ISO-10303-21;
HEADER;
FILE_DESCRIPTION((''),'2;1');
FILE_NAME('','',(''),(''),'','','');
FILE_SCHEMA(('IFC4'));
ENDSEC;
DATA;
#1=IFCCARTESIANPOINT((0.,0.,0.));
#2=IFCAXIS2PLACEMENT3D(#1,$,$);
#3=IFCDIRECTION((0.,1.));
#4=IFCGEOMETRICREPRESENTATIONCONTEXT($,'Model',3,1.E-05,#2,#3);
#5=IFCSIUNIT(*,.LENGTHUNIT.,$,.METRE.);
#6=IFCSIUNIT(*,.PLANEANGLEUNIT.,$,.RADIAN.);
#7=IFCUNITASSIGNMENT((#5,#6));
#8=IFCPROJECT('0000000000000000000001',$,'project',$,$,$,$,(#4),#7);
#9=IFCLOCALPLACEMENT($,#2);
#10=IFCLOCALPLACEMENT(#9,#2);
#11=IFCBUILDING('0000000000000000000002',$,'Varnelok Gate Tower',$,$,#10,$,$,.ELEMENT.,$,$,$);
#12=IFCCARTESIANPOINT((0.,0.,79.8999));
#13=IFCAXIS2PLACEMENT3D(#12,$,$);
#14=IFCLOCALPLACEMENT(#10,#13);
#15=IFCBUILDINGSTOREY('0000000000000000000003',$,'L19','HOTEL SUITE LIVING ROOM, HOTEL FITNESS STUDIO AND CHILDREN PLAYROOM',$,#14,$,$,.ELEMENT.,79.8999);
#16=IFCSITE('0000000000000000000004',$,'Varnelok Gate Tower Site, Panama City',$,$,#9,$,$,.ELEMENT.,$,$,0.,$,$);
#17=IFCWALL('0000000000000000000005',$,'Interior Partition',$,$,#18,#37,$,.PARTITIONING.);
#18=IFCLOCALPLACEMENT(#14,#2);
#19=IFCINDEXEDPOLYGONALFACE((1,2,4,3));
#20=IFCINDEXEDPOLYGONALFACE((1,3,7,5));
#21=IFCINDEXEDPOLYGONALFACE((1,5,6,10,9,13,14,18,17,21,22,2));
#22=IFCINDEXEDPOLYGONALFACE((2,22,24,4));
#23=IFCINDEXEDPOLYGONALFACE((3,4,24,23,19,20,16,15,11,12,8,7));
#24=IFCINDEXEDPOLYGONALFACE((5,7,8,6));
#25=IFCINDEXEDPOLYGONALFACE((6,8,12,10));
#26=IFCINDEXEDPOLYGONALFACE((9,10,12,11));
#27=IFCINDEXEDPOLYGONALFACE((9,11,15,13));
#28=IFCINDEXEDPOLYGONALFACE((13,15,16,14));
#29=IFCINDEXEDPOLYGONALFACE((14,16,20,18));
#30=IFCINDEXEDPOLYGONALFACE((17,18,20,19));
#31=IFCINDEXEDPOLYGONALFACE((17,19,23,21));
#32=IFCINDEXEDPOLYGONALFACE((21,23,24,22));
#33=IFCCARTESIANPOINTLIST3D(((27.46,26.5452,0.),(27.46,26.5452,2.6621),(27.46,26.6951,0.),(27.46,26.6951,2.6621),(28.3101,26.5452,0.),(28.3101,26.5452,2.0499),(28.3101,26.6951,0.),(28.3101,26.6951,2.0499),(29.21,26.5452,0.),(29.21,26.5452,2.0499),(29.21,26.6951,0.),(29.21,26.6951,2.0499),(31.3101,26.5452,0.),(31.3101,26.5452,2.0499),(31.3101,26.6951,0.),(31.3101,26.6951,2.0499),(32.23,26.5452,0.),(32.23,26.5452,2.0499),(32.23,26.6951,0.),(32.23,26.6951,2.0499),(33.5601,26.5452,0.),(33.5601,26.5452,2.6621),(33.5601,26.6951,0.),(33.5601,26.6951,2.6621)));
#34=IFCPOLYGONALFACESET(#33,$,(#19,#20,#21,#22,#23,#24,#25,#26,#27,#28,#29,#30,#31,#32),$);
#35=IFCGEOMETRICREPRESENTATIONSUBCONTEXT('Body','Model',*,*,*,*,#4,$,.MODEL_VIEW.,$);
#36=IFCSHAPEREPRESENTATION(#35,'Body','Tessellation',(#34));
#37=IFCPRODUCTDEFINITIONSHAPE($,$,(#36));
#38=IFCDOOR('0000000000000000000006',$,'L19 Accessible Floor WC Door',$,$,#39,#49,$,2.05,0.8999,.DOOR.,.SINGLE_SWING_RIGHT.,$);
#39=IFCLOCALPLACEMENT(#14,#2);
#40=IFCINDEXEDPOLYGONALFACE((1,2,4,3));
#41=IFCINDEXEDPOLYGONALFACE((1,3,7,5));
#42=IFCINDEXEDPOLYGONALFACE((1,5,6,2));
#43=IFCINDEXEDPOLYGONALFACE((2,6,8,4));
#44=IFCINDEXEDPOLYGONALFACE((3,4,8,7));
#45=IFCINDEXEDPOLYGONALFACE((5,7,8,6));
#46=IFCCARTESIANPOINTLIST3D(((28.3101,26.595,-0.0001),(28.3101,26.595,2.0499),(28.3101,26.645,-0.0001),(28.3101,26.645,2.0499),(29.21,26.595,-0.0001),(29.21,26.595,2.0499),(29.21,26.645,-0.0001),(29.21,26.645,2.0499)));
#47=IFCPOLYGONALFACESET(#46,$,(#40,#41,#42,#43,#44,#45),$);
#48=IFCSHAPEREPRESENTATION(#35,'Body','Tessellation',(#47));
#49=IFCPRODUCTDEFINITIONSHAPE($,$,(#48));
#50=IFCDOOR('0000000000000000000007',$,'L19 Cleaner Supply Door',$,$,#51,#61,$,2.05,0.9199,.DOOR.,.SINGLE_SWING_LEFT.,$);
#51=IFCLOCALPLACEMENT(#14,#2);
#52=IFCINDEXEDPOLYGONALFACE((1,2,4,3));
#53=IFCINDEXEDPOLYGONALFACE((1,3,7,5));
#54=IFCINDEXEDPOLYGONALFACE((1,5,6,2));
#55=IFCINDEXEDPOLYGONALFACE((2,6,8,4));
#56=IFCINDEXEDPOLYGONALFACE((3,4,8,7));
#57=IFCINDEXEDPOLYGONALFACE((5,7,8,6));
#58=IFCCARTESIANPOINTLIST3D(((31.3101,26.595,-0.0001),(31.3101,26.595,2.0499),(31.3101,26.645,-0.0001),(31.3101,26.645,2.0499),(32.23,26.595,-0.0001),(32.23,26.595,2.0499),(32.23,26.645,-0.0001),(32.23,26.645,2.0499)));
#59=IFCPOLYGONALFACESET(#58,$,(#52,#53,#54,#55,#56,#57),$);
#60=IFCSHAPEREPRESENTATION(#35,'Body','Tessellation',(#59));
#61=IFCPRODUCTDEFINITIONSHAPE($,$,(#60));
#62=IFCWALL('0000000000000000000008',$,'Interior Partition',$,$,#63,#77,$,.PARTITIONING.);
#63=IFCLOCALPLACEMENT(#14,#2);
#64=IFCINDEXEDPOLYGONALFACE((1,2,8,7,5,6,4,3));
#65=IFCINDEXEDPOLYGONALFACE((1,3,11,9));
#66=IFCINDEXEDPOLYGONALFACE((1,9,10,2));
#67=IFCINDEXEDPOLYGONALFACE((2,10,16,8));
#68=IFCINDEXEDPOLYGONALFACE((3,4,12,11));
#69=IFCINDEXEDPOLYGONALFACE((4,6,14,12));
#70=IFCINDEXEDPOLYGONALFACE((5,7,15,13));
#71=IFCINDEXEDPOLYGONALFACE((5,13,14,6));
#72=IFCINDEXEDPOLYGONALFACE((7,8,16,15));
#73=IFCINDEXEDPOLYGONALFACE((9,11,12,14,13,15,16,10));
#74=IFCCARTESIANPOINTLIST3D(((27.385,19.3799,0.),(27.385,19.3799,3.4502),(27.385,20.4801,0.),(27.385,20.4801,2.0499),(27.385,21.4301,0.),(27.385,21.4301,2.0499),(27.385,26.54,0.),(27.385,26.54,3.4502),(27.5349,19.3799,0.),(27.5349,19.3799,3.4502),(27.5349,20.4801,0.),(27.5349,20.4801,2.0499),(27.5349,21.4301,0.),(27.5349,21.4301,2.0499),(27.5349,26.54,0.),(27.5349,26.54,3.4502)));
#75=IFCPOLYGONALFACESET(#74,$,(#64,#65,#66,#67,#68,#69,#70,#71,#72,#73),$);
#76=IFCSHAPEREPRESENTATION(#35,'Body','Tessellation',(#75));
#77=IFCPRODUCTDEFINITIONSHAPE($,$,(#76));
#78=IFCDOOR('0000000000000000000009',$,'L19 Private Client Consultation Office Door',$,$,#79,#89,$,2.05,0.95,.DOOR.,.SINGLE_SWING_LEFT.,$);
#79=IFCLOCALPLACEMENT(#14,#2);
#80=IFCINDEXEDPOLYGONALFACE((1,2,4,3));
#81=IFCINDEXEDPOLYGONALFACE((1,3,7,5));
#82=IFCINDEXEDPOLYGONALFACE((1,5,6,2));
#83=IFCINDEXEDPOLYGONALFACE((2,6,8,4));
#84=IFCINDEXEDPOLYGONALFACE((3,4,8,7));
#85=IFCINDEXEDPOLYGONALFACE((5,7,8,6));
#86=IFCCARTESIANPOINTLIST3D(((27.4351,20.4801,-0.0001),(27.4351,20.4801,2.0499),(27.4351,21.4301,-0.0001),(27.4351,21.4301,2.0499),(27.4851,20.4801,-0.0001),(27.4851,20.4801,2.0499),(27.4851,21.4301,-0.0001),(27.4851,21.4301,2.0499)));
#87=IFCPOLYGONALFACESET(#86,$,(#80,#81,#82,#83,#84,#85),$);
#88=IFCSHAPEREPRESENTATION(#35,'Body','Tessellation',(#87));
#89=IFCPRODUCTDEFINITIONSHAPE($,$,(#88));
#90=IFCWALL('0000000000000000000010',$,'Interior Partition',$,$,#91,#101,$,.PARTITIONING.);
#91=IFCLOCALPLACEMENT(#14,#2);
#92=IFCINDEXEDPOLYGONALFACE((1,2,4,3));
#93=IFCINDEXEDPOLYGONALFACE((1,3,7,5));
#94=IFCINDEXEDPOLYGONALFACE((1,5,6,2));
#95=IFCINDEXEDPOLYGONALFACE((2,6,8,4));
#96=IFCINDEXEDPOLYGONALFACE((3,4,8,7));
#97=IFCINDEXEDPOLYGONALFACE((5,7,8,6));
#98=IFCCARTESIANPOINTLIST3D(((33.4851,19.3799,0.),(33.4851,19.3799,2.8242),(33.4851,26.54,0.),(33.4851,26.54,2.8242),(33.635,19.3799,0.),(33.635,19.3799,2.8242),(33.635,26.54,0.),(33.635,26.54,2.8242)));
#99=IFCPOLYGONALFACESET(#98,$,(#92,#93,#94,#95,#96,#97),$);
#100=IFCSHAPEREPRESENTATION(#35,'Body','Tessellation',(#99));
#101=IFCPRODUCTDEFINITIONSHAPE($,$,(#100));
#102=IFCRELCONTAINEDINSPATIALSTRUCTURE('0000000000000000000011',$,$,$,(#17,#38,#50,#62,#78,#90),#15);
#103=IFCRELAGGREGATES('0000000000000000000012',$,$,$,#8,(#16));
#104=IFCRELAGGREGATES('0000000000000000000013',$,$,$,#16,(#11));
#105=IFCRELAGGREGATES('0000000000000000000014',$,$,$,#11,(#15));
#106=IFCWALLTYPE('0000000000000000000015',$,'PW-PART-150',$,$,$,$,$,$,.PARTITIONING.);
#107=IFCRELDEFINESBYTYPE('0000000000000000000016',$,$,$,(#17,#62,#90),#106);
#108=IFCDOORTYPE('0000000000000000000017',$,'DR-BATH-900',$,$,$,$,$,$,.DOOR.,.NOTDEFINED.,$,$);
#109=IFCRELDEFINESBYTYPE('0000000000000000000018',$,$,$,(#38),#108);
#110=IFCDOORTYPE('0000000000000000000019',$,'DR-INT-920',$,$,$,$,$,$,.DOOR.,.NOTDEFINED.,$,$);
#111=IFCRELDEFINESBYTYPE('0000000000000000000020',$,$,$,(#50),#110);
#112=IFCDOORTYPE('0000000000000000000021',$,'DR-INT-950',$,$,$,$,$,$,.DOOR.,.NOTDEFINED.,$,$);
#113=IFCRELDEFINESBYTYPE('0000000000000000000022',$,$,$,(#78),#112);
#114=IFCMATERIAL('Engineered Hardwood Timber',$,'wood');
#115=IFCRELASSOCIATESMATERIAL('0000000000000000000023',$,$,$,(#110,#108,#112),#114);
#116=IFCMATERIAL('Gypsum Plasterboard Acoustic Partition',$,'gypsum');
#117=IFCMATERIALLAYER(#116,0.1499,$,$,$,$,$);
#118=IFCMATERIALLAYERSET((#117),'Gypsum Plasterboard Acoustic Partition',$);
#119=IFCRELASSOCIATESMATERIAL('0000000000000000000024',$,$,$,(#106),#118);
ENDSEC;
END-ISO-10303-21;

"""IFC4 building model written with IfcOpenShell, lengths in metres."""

from ifc_helpers import new_model, si_unit, direction, frame, frame_2d, origin, place, context, subcontext, project, spatial, rectangle, extrude, material, layer, layer_set, type_object, element, fill, save


model = new_model("IFC4")

# Units and contexts
model_context = context("Model", 3, precision=1e-05, world=origin(), true_north=direction((0.0, 1.0)))
body_context = subcontext(model_context, "Body", "Model", "MODEL_VIEW")
ifc_project = project(units=[si_unit("LENGTHUNIT", "METRE"), si_unit("PLANEANGLEUNIT", "RADIAN")], contexts=[model_context])

# Site, building, storey
site_placement = place(None, origin())
site = spatial("IfcSite", under=ifc_project, at=site_placement, Name="Varnelok Gate Tower Site, Panama City", CompositionType="ELEMENT", RefElevation=0.0)
building_placement = place(site_placement, origin())
building = spatial("IfcBuilding", under=site, at=building_placement, Name="Varnelok Gate Tower", CompositionType="ELEMENT")
storey_placement = place(building_placement, frame((0.0, 0.0, 79.8999)))
storey = spatial("IfcBuildingStorey", under=building, at=storey_placement, Name="L19", Description="HOTEL SUITE LIVING ROOM, HOTEL FITNESS STUDIO AND CHILDREN PLAYROOM", CompositionType="ELEMENT", Elevation=79.8999)

# Shared definitions
ifc_material_1 = material(Name="Gypsum Plasterboard Acoustic Partition", Category="gypsum")
ifc_material_2 = material(Name="Engineered Hardwood Timber", Category="wood")
door_type_1 = type_object("IfcDoorType", Name="DR-INT-920", OperationType="NOTDEFINED", PredefinedType="DOOR", material=ifc_material_2)

# Shared definitions
ifc_layer_1 = layer(ifc_material_1, 0.1499)
ifc_layer_set_1 = layer_set([ifc_layer_1], Name="Gypsum Plasterboard Acoustic Partition")
wall_type_1 = type_object("IfcWallType", Name="PW-PART-150", PredefinedType="PARTITIONING", material=ifc_layer_set_1)

# Wall, openings, doors
wall_1_placement = place(storey_placement, frame((27.46, 26.6201, 0.0), z_axis=(0.0, 0.0, 1.0), x_axis=(1.0, 0.0, 0.0)))
wall_1 = element("IfcWall", 1, at=wall_1_placement, inside=storey, type_object=wall_type_1, Name="Interior Partition", PredefinedType="PARTITIONING", context=body_context, shape_type="SweptSolid", body=[
    extrude(rectangle(XDim=6.1001, YDim=0.1499, at=frame_2d((3.05, 0.0))), origin(), (0.0, 0.0, 1.0), 2.6621),
])
opening_1_placement = place(wall_1_placement, frame((0.8501, 0.0, 0.0)))
opening_1 = element("IfcOpeningElement", 2, at=opening_1_placement, cuts=wall_1, PredefinedType="OPENING", context=body_context, shape_type="SweptSolid", body=[
    extrude(rectangle(XDim=0.8999, YDim=2.05, at=frame_2d((0.45, 1.0249))), frame((0.0, 0.085, 0.0), z_axis=(0.0, -1.0, 0.0), x_axis=(1.0, 0.0, 0.0)), (0.0, 0.0, 1.0), 0.1699),
])
opening_2_placement = place(wall_1_placement, frame((3.8501, 0.0, 0.0)))
opening_2 = element("IfcOpeningElement", 3, at=opening_2_placement, cuts=wall_1, PredefinedType="OPENING", context=body_context, shape_type="SweptSolid", body=[
    extrude(rectangle(XDim=0.9199, YDim=2.05, at=frame_2d((0.46, 1.0249))), frame((0.0, 0.085, 0.0), z_axis=(0.0, -1.0, 0.0), x_axis=(1.0, 0.0, 0.0)), (0.0, 0.0, 1.0), 0.1699),
])
door_type_2 = type_object("IfcDoorType", Name="DR-BATH-900", OperationType="NOTDEFINED", PredefinedType="DOOR", material=ifc_material_2)
door_1_placement = place(opening_1_placement, origin())
door_1 = element("IfcDoor", 4, at=door_1_placement, inside=storey, type_object=door_type_2, Name="L19 Accessible Floor WC Door", OperationType="SINGLE_SWING_RIGHT", OverallHeight=2.05, OverallWidth=0.8999, PredefinedType="DOOR", context=body_context, shape_type="SweptSolid", body=[
    extrude(rectangle(XDim=0.8999, YDim=2.05, at=frame_2d((0.45, 1.0249))), frame((0.0, 0.0249, 0.0), z_axis=(0.0, -1.0, 0.0), x_axis=(1.0, 0.0, 0.0)), (0.0, 0.0, 1.0), 0.05),
])
fill(opening_1, door_1)
door_2_placement = place(opening_2_placement, origin())
door_2 = element("IfcDoor", 5, at=door_2_placement, inside=storey, type_object=door_type_1, Name="L19 Cleaner Supply Door", OperationType="SINGLE_SWING_LEFT", OverallHeight=2.05, OverallWidth=0.9199, PredefinedType="DOOR", context=body_context, shape_type="SweptSolid", body=[
    extrude(rectangle(XDim=0.9199, YDim=2.05, at=frame_2d((0.46, 1.0249))), frame((0.0, 0.0249, 0.0), z_axis=(0.0, -1.0, 0.0), x_axis=(1.0, 0.0, 0.0)), (0.0, 0.0, 1.0), 0.05),
])
fill(opening_2, door_2)

# Wall, opening, door
wall_2_placement = place(storey_placement, frame((27.46, 19.3799, 0.0), z_axis=(0.0, 0.0, 1.0), x_axis=(0.0, 1.0, 0.0)))
wall_2 = element("IfcWall", 6, at=wall_2_placement, inside=storey, type_object=wall_type_1, Name="Interior Partition", PredefinedType="PARTITIONING", context=body_context, shape_type="SweptSolid", body=[
    extrude(rectangle(XDim=7.1602, YDim=0.1499, at=frame_2d((3.5801, 0.0))), origin(), (0.0, 0.0, 1.0), 3.4502),
])
opening_3_placement = place(wall_2_placement, frame((1.1001, 0.0, 0.0)))
opening_3 = element("IfcOpeningElement", 7, at=opening_3_placement, cuts=wall_2, PredefinedType="OPENING", context=body_context, shape_type="SweptSolid", body=[
    extrude(rectangle(XDim=0.95, YDim=2.05, at=frame_2d((0.4751, 1.0249))), frame((0.0, 0.085, 0.0), z_axis=(0.0, -1.0, 0.0), x_axis=(1.0, 0.0, 0.0)), (0.0, 0.0, 1.0), 0.1699),
])
door_type_3 = type_object("IfcDoorType", Name="DR-INT-950", OperationType="NOTDEFINED", PredefinedType="DOOR", material=ifc_material_2)
door_3_placement = place(opening_3_placement, origin())
door_3 = element("IfcDoor", 8, at=door_3_placement, inside=storey, type_object=door_type_3, Name="L19 Private Client Consultation Office Door", OperationType="SINGLE_SWING_LEFT", OverallHeight=2.05, OverallWidth=0.95, PredefinedType="DOOR", context=body_context, shape_type="SweptSolid", body=[
    extrude(rectangle(XDim=0.95, YDim=2.05, at=frame_2d((0.4751, 1.0249))), frame((0.0, 0.0249, 0.0), z_axis=(0.0, -1.0, 0.0), x_axis=(1.0, 0.0, 0.0)), (0.0, 0.0, 1.0), 0.05),
])
fill(opening_3, door_3)

# Wall
wall_3_placement = place(storey_placement, frame((33.5601, 19.3799, 0.0), z_axis=(0.0, 0.0, 1.0), x_axis=(0.0, 1.0, 0.0)))
element("IfcWall", 9, at=wall_3_placement, inside=storey, type_object=wall_type_1, Name="Interior Partition", PredefinedType="PARTITIONING", context=body_context, shape_type="SweptSolid", body=[
    extrude(rectangle(XDim=7.1602, YDim=0.1499, at=frame_2d((3.5801, 0.0))), origin(), (0.0, 0.0, 1.0), 2.8242),
])

save(model, "model.ifc")
